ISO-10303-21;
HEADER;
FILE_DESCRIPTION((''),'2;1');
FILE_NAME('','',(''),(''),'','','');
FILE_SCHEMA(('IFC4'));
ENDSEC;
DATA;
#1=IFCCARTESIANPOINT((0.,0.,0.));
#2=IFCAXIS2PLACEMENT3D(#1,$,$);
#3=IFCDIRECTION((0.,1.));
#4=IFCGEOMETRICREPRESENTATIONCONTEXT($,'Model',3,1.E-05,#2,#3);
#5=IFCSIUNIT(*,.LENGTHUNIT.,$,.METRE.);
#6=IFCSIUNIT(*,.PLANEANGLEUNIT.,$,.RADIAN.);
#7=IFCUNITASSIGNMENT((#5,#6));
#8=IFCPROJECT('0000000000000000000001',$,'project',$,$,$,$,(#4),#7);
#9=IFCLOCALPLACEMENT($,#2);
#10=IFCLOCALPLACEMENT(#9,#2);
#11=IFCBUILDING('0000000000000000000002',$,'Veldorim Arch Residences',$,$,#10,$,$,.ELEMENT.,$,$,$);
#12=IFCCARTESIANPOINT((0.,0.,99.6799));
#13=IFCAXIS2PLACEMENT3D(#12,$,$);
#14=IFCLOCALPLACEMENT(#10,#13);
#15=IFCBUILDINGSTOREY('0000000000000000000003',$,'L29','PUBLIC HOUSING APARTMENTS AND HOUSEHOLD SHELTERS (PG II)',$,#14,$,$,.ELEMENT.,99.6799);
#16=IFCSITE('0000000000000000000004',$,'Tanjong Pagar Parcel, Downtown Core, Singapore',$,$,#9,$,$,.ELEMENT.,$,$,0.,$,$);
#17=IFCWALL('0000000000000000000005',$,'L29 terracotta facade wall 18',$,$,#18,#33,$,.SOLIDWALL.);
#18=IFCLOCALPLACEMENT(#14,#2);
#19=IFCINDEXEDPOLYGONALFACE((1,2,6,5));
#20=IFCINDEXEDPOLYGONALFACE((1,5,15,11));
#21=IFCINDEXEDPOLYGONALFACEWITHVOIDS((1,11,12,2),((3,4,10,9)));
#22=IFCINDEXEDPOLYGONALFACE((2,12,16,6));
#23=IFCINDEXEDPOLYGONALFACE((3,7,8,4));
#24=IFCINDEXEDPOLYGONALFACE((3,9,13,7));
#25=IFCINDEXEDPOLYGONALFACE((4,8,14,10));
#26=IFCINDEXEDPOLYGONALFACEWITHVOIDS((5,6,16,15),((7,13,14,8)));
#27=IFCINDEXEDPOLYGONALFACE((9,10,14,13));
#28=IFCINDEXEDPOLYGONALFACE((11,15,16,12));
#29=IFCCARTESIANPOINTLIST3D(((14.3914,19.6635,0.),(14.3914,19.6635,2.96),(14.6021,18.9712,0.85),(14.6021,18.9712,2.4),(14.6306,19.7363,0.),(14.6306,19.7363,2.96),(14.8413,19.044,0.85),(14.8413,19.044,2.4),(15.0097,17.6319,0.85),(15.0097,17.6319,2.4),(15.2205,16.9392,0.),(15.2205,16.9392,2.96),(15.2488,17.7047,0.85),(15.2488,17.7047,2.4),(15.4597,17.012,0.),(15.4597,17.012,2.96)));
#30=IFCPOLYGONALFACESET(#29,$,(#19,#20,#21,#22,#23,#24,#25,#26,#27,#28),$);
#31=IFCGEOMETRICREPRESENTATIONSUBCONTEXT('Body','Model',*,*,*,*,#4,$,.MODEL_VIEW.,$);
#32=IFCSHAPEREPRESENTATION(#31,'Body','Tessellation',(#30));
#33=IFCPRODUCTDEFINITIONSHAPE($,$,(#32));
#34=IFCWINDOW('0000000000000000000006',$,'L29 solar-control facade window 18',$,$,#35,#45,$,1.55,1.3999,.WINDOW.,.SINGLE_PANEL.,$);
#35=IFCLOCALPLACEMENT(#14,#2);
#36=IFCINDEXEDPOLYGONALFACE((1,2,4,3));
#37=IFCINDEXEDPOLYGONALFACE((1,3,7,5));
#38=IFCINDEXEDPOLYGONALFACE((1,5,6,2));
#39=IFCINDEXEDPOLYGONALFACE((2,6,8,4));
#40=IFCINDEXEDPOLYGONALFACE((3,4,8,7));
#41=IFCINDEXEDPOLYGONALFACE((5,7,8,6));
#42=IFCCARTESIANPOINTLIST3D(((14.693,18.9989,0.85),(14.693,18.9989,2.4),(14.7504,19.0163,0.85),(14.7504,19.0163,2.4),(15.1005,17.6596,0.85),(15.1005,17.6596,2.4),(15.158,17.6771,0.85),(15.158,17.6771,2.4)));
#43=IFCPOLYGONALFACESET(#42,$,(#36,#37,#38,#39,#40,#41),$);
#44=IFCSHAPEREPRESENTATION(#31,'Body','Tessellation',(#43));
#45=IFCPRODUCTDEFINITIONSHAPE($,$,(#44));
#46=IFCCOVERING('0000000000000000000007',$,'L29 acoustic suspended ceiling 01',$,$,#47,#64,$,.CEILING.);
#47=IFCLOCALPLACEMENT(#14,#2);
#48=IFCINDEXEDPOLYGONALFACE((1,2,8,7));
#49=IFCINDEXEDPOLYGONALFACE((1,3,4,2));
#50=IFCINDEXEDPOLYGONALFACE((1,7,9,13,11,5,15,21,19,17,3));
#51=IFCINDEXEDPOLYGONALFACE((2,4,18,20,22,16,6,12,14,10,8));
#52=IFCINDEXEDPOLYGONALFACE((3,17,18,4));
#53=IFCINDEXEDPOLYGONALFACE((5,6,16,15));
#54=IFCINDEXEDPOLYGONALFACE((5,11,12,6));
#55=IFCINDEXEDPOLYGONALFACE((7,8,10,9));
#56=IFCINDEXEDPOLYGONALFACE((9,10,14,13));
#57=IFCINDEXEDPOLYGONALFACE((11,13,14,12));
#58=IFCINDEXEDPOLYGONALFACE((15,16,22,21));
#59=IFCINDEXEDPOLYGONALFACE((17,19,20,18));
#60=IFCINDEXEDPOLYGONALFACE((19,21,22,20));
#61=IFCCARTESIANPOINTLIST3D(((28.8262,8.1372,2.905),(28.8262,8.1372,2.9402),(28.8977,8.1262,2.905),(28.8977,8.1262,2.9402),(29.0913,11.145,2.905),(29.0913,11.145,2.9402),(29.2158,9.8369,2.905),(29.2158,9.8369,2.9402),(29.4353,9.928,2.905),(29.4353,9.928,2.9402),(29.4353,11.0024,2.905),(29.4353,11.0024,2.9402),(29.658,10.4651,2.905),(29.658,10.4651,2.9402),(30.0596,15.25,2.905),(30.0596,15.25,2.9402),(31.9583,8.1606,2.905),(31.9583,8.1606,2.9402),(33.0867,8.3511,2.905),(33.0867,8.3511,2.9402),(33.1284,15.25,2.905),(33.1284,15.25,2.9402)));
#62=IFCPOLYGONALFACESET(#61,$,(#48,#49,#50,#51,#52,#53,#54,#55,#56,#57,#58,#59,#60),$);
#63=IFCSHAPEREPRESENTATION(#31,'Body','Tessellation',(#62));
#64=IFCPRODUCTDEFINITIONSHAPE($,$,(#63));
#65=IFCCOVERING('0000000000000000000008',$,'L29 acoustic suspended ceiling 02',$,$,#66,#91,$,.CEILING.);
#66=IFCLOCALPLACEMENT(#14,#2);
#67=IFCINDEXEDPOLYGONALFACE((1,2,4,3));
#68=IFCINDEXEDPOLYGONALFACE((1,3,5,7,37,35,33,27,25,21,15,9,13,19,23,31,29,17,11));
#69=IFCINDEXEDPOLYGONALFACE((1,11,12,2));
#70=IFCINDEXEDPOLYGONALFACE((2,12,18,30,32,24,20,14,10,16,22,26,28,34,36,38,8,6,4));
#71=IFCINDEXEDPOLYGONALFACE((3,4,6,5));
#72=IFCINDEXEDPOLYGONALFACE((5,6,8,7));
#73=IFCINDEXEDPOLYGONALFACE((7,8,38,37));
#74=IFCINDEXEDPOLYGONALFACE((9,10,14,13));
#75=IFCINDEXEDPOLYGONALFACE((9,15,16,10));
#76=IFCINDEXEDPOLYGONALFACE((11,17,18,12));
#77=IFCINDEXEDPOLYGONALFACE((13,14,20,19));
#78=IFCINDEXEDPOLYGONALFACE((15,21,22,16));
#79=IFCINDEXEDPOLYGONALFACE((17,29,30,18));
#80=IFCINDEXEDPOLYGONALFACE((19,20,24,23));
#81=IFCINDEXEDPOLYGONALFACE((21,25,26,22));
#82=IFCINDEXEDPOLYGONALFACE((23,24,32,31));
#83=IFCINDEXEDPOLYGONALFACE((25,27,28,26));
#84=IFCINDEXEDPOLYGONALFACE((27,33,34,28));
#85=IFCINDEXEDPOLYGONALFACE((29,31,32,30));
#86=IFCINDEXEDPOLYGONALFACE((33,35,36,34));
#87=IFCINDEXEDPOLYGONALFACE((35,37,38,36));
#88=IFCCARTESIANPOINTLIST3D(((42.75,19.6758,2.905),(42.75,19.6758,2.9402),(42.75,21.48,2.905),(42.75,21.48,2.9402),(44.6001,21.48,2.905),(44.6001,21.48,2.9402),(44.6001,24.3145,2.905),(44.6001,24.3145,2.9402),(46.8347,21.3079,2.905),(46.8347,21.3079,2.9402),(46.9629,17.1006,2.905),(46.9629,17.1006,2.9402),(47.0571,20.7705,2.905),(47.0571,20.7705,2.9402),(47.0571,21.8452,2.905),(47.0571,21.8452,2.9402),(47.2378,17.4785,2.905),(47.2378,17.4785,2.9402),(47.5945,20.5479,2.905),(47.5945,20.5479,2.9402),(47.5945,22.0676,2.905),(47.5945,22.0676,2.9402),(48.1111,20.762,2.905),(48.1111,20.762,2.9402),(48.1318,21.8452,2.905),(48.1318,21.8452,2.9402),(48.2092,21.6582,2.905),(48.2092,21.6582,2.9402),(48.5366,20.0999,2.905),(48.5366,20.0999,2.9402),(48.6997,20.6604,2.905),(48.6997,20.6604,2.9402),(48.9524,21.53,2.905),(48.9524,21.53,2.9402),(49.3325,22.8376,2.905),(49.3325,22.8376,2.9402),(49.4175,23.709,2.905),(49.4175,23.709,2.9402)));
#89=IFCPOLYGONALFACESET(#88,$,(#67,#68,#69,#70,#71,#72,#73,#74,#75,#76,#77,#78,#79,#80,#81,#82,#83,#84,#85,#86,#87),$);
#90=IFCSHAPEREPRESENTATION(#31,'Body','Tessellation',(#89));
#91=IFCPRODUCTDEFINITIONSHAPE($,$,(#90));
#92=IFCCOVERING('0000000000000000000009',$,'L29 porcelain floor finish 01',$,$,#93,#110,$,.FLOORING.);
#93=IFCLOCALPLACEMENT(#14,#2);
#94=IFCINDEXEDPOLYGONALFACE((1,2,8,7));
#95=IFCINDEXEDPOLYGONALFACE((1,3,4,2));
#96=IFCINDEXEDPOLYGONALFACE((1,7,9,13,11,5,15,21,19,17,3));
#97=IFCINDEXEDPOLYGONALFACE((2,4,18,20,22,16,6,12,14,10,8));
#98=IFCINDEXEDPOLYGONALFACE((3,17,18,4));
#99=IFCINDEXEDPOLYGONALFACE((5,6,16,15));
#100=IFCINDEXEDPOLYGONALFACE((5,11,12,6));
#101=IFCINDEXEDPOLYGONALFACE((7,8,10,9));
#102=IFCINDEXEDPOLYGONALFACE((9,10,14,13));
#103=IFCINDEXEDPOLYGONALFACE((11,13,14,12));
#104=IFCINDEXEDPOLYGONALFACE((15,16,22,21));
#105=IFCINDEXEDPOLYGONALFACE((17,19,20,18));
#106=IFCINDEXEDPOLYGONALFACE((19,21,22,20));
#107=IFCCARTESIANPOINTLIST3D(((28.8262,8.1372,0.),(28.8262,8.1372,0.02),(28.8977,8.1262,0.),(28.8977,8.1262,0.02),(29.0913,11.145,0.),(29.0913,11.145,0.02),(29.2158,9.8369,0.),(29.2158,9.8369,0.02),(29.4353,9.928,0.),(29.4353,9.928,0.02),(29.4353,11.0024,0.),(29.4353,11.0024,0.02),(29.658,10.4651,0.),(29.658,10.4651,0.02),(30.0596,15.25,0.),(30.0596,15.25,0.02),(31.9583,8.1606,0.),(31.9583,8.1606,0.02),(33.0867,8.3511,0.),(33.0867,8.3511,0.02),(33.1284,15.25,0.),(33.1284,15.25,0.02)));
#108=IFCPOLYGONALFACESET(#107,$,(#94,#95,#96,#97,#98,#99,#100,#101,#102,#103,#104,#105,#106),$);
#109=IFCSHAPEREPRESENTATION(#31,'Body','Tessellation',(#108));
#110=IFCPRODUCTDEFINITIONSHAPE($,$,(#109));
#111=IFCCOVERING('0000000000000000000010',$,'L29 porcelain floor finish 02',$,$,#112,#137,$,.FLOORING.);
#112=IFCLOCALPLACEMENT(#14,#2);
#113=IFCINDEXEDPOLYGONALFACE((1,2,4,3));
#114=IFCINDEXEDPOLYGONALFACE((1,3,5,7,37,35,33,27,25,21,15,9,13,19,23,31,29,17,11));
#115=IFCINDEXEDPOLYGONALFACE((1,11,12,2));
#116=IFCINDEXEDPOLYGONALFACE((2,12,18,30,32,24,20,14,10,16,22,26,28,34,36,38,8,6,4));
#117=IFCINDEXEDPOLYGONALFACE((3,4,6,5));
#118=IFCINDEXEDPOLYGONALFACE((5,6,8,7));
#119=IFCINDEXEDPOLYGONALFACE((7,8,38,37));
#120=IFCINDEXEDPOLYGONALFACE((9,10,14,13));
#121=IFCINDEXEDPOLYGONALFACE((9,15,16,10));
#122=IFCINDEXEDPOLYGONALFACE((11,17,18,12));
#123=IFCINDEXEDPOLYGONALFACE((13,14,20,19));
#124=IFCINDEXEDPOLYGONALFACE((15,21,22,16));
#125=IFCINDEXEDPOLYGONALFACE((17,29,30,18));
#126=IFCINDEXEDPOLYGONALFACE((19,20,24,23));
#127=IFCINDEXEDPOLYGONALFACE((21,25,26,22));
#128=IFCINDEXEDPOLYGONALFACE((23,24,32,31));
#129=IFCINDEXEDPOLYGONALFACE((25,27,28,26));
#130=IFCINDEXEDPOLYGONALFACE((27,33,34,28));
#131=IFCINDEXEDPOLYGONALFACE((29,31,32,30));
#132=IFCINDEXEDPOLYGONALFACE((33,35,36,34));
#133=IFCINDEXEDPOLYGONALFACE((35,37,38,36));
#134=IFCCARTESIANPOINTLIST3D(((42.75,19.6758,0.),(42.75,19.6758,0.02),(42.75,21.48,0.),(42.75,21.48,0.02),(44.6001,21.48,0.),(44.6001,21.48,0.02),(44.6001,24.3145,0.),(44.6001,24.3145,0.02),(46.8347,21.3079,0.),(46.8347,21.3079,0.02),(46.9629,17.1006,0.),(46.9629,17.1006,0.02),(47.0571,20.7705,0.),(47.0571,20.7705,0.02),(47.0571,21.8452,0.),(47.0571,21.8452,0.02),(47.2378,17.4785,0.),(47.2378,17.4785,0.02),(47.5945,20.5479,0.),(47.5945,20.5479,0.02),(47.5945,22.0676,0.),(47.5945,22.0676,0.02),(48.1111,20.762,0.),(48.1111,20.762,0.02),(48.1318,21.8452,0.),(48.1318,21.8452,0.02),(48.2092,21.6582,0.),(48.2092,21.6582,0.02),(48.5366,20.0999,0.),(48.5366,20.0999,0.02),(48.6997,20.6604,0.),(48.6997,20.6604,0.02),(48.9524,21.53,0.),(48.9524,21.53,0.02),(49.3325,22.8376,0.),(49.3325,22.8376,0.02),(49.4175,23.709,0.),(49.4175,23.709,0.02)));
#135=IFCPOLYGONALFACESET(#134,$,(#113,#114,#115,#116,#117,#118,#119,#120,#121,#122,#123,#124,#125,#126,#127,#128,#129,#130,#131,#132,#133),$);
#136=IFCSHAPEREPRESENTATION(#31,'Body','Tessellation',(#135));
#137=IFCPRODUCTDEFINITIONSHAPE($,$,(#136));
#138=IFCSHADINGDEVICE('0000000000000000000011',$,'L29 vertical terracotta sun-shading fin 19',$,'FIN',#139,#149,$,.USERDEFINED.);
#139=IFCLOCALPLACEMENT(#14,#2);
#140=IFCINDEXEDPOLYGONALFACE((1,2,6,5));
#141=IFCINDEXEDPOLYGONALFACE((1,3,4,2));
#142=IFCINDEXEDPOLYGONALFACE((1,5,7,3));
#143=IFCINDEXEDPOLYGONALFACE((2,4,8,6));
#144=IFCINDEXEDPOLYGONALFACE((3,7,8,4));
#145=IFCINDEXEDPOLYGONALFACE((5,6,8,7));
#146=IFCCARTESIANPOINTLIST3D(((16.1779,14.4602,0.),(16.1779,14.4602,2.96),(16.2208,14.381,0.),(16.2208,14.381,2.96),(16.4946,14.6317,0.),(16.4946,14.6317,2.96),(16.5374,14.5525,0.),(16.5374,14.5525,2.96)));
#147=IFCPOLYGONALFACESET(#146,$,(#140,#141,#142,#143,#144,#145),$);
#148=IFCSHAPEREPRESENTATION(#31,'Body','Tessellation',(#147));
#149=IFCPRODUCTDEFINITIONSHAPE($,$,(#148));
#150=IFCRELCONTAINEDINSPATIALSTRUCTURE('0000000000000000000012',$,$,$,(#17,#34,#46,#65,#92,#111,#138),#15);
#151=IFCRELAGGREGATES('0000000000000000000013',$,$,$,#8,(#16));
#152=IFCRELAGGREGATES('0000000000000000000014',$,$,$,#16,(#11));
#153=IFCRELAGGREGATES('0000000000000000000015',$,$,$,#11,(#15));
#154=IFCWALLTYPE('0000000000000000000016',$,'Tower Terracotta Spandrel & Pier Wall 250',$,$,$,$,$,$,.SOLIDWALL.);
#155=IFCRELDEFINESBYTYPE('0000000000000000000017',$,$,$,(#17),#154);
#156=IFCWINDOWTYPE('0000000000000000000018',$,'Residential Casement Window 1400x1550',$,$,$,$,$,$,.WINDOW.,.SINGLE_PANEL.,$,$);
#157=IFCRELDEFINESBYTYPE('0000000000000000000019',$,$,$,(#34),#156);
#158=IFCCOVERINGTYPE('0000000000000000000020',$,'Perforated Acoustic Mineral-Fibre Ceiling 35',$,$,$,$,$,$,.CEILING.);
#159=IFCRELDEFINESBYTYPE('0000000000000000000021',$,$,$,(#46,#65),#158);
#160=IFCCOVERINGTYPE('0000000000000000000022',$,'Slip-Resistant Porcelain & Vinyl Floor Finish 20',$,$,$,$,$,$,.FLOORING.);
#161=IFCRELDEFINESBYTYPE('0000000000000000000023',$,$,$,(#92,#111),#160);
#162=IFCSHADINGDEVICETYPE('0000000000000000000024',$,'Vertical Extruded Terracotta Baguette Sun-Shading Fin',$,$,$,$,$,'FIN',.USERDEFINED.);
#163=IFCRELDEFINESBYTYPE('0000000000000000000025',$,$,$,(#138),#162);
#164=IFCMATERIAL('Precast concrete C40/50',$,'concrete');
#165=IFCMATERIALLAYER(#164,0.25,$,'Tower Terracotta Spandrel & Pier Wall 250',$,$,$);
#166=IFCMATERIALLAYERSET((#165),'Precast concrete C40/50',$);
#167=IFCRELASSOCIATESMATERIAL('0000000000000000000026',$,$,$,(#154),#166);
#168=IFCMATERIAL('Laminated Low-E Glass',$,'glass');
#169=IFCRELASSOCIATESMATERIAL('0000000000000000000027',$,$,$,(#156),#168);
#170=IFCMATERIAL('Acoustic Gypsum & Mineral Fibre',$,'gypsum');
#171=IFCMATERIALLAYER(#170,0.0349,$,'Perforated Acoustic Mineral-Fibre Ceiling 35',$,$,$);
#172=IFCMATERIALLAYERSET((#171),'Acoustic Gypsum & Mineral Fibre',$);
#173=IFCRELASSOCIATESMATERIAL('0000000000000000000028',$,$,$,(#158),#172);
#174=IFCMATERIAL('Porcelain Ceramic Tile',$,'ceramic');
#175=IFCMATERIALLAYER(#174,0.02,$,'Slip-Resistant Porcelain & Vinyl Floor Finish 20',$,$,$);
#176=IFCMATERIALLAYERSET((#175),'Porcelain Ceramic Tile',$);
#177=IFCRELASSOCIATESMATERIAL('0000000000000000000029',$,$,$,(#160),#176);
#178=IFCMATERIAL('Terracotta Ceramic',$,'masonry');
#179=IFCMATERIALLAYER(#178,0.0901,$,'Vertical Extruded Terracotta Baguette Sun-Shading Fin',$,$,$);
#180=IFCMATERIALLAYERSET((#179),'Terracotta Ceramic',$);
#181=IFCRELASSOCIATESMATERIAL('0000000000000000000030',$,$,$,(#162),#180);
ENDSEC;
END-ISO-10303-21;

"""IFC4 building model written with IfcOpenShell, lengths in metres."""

from ifc_helpers import new_model, si_unit, direction, frame, frame_2d, origin, origin_2d, place, context, subcontext, project, spatial, polyline, rectangle, outline, extrude, material, layer, layer_set, type_object, element, fill, save


model = new_model("IFC4")

# Units and contexts
model_context = context("Model", 3, precision=1e-05, world=origin(), true_north=direction((0.0, 1.0)))
body_context = subcontext(model_context, "Body", "Model", "MODEL_VIEW")
ifc_project = project(units=[si_unit("LENGTHUNIT", "METRE"), si_unit("PLANEANGLEUNIT", "RADIAN")], contexts=[model_context])

# Site, building, storey
site_placement = place(None, origin())
site = spatial("IfcSite", under=ifc_project, at=site_placement, Name="Tanjong Pagar Parcel, Downtown Core, Singapore", CompositionType="ELEMENT", RefElevation=0.0)
building_placement = place(site_placement, origin())
building = spatial("IfcBuilding", under=site, at=building_placement, Name="Veldorim Arch Residences", CompositionType="ELEMENT")
storey_placement = place(building_placement, frame((0.0, 0.0, 99.6799)))
storey = spatial("IfcBuildingStorey", under=building, at=storey_placement, Name="L29", Description="PUBLIC HOUSING APARTMENTS AND HOUSEHOLD SHELTERS (PG II)", CompositionType="ELEMENT", Elevation=99.6799)

# Shared definitions
ifc_material_1 = material(Name="Precast concrete C40/50", Category="concrete")
ifc_layer_1 = layer(ifc_material_1, 0.25, Name="Tower Terracotta Spandrel & Pier Wall 250")
ifc_layer_set_1 = layer_set([ifc_layer_1], Name="Precast concrete C40/50")
wall_type = type_object("IfcWallType", Name="Tower Terracotta Spandrel & Pier Wall 250", PredefinedType="SOLIDWALL", material=ifc_layer_set_1)

# Wall, opening, window
wall_1_placement = place(storey_placement, frame((15.3401, 16.9756, 0.0), z_axis=(0.0, 0.0, 1.0), x_axis=(-0.291145, 0.956679, 0.0)))
wall_1 = element("IfcWall", 1, at=wall_1_placement, inside=storey, type_object=wall_type, Name="L29 terracotta facade wall 18", PredefinedType="SOLIDWALL", context=body_context, shape_type="SweptSolid", body=[
    extrude(rectangle(XDim=2.8477, YDim=0.25, at=frame_2d((1.4238, 0.0))), origin(), (0.0, 0.0, 1.0), 2.96),
])
opening_placement = place(wall_1_placement, frame((0.7241, 0.0, 0.8501)))
opening = element("IfcOpeningElement", 2, at=opening_placement, cuts=wall_1, PredefinedType="OPENING", context=body_context, shape_type="SweptSolid", body=[
    extrude(rectangle(XDim=1.3999, YDim=1.55, at=frame_2d((0.7, 0.7749))), frame((0.0, 0.135, 0.0), z_axis=(0.0, -1.0, 0.0), x_axis=(1.0, 0.0, 0.0)), (0.0, 0.0, 1.0), 0.27),
])
ifc_material_2 = material(Name="Laminated Low-E Glass", Category="glass")
window_type = type_object("IfcWindowType", Name="Residential Casement Window 1400x1550", PartitioningType="SINGLE_PANEL", PredefinedType="WINDOW", material=ifc_material_2)
window_placement = place(opening_placement, origin())
window = element("IfcWindow", 3, at=window_placement, inside=storey, type_object=window_type, Name="L29 solar-control facade window 18", OverallHeight=1.55, OverallWidth=1.3999, PartitioningType="SINGLE_PANEL", PredefinedType="WINDOW", context=body_context, shape_type="SweptSolid", body=[
    extrude(rectangle(XDim=1.3999, YDim=1.55, at=frame_2d((0.7, 0.7749))), frame((0.0, 0.03, 0.0), z_axis=(0.0, -1.0, 0.0), x_axis=(1.0, 0.0, 0.0)), (0.0, 0.0, 1.0), 0.0601),
])
fill(opening, window)

# Coverings
ifc_material_3 = material(Name="Acoustic Gypsum & Mineral Fibre", Category="gypsum")
ifc_layer_2 = layer(ifc_material_3, 0.0349, Name="Perforated Acoustic Mineral-Fibre Ceiling 35")
ifc_layer_set_2 = layer_set([ifc_layer_2], Name="Acoustic Gypsum & Mineral Fibre")
covering_type_1 = type_object("IfcCoveringType", Name="Perforated Acoustic Mineral-Fibre Ceiling 35", PredefinedType="CEILING", material=ifc_layer_set_2)
covering_1_placement = place(storey_placement, frame((0.0, 0.0, 2.905)))
element("IfcCovering", 4, at=covering_1_placement, inside=storey, type_object=covering_type_1, Name="L29 acoustic suspended ceiling 01", PredefinedType="CEILING", context=body_context, shape_type="SweptSolid", body=[
    extrude(outline(polyline([(28.8262, 8.1372), (29.2158, 9.8369), (29.4353, 9.928), (29.658, 10.4651), (29.4353, 11.0024), (29.0913, 11.145), (30.0596, 15.25), (33.1284, 15.25), (33.0867, 8.3511), (31.9583, 8.1606), (28.8977, 8.1262), (28.8262, 8.1372)])), origin(), (0.0, 0.0, 1.0), 0.0352),
])
covering_2_placement = place(storey_placement, frame((0.0, 0.0, 2.905)))
element("IfcCovering", 5, at=covering_2_placement, inside=storey, type_object=covering_type_1, Name="L29 acoustic suspended ceiling 02", PredefinedType="CEILING", context=body_context, shape_type="SweptSolid", body=[
    extrude(outline(polyline([(48.6997, 20.6604), (48.5366, 20.0999), (47.2378, 17.4785), (46.9629, 17.1006), (42.75, 19.6758), (42.75, 21.48), (44.6001, 21.48), (44.6001, 24.3145), (49.4175, 23.709), (49.3325, 22.8376), (48.9524, 21.53), (48.2092, 21.6582), (48.1318, 21.8452), (47.5945, 22.0676), (47.0571, 21.8452), (46.8347, 21.3079), (47.0571, 20.7705), (47.5945, 20.5479), (48.1111, 20.762), (48.6997, 20.6604)])), origin(), (0.0, 0.0, 1.0), 0.0352),
])
ifc_material_4 = material(Name="Porcelain Ceramic Tile", Category="ceramic")
ifc_layer_3 = layer(ifc_material_4, 0.02, Name="Slip-Resistant Porcelain & Vinyl Floor Finish 20")
ifc_layer_set_3 = layer_set([ifc_layer_3], Name="Porcelain Ceramic Tile")
covering_type_2 = type_object("IfcCoveringType", Name="Slip-Resistant Porcelain & Vinyl Floor Finish 20", PredefinedType="FLOORING", material=ifc_layer_set_3)
covering_3_placement = place(storey_placement, origin())
element("IfcCovering", 6, at=covering_3_placement, inside=storey, type_object=covering_type_2, Name="L29 porcelain floor finish 01", PredefinedType="FLOORING", context=body_context, shape_type="SweptSolid", body=[
    extrude(outline(polyline([(28.8262, 8.1372), (29.2158, 9.8369), (29.4353, 9.928), (29.658, 10.4651), (29.4353, 11.0024), (29.0913, 11.145), (30.0596, 15.25), (33.1284, 15.25), (33.0867, 8.3511), (31.9583, 8.1606), (28.8977, 8.1262), (28.8262, 8.1372)])), origin(), (0.0, 0.0, 1.0), 0.02),
])
covering_4_placement = place(storey_placement, origin())
element("IfcCovering", 7, at=covering_4_placement, inside=storey, type_object=covering_type_2, Name="L29 porcelain floor finish 02", PredefinedType="FLOORING", context=body_context, shape_type="SweptSolid", body=[
    extrude(outline(polyline([(48.6997, 20.6604), (48.5366, 20.0999), (47.2378, 17.4785), (46.9629, 17.1006), (42.75, 19.6758), (42.75, 21.48), (44.6001, 21.48), (44.6001, 24.3145), (49.4175, 23.709), (49.3325, 22.8376), (48.9524, 21.53), (48.2092, 21.6582), (48.1318, 21.8452), (47.5945, 22.0676), (47.0571, 21.8452), (46.8347, 21.3079), (47.0571, 20.7705), (47.5945, 20.5479), (48.1111, 20.762), (48.6997, 20.6604)])), origin(), (0.0, 0.0, 1.0), 0.02),
])

# Shading device
ifc_material_5 = material(Name="Terracotta Ceramic", Category="masonry")
ifc_layer_4 = layer(ifc_material_5, 0.0901, Name="Vertical Extruded Terracotta Baguette Sun-Shading Fin")
ifc_layer_set_4 = layer_set([ifc_layer_4], Name="Terracotta Ceramic")
shading_device_type = type_object("IfcShadingDeviceType", Name="Vertical Extruded Terracotta Baguette Sun-Shading Fin", ElementType="FIN", PredefinedType="USERDEFINED", material=ifc_layer_set_4)
shading_device_placement = place(storey_placement, frame((16.3577, 14.5063, 0.0), z_axis=(0.0, 0.0, 1.0), x_axis=(-0.476085, 0.879399, 0.0)))
element("IfcShadingDevice", 8, at=shading_device_placement, inside=storey, type_object=shading_device_type, Name="L29 vertical terracotta sun-shading fin 19", ObjectType="FIN", PredefinedType="USERDEFINED", context=body_context, shape_type="SweptSolid", body=[
    extrude(rectangle(XDim=0.0901, YDim=0.3601, at=origin_2d()), origin(), (0.0, 0.0, 1.0), 2.96),
])

save(model, "model.ifc")
